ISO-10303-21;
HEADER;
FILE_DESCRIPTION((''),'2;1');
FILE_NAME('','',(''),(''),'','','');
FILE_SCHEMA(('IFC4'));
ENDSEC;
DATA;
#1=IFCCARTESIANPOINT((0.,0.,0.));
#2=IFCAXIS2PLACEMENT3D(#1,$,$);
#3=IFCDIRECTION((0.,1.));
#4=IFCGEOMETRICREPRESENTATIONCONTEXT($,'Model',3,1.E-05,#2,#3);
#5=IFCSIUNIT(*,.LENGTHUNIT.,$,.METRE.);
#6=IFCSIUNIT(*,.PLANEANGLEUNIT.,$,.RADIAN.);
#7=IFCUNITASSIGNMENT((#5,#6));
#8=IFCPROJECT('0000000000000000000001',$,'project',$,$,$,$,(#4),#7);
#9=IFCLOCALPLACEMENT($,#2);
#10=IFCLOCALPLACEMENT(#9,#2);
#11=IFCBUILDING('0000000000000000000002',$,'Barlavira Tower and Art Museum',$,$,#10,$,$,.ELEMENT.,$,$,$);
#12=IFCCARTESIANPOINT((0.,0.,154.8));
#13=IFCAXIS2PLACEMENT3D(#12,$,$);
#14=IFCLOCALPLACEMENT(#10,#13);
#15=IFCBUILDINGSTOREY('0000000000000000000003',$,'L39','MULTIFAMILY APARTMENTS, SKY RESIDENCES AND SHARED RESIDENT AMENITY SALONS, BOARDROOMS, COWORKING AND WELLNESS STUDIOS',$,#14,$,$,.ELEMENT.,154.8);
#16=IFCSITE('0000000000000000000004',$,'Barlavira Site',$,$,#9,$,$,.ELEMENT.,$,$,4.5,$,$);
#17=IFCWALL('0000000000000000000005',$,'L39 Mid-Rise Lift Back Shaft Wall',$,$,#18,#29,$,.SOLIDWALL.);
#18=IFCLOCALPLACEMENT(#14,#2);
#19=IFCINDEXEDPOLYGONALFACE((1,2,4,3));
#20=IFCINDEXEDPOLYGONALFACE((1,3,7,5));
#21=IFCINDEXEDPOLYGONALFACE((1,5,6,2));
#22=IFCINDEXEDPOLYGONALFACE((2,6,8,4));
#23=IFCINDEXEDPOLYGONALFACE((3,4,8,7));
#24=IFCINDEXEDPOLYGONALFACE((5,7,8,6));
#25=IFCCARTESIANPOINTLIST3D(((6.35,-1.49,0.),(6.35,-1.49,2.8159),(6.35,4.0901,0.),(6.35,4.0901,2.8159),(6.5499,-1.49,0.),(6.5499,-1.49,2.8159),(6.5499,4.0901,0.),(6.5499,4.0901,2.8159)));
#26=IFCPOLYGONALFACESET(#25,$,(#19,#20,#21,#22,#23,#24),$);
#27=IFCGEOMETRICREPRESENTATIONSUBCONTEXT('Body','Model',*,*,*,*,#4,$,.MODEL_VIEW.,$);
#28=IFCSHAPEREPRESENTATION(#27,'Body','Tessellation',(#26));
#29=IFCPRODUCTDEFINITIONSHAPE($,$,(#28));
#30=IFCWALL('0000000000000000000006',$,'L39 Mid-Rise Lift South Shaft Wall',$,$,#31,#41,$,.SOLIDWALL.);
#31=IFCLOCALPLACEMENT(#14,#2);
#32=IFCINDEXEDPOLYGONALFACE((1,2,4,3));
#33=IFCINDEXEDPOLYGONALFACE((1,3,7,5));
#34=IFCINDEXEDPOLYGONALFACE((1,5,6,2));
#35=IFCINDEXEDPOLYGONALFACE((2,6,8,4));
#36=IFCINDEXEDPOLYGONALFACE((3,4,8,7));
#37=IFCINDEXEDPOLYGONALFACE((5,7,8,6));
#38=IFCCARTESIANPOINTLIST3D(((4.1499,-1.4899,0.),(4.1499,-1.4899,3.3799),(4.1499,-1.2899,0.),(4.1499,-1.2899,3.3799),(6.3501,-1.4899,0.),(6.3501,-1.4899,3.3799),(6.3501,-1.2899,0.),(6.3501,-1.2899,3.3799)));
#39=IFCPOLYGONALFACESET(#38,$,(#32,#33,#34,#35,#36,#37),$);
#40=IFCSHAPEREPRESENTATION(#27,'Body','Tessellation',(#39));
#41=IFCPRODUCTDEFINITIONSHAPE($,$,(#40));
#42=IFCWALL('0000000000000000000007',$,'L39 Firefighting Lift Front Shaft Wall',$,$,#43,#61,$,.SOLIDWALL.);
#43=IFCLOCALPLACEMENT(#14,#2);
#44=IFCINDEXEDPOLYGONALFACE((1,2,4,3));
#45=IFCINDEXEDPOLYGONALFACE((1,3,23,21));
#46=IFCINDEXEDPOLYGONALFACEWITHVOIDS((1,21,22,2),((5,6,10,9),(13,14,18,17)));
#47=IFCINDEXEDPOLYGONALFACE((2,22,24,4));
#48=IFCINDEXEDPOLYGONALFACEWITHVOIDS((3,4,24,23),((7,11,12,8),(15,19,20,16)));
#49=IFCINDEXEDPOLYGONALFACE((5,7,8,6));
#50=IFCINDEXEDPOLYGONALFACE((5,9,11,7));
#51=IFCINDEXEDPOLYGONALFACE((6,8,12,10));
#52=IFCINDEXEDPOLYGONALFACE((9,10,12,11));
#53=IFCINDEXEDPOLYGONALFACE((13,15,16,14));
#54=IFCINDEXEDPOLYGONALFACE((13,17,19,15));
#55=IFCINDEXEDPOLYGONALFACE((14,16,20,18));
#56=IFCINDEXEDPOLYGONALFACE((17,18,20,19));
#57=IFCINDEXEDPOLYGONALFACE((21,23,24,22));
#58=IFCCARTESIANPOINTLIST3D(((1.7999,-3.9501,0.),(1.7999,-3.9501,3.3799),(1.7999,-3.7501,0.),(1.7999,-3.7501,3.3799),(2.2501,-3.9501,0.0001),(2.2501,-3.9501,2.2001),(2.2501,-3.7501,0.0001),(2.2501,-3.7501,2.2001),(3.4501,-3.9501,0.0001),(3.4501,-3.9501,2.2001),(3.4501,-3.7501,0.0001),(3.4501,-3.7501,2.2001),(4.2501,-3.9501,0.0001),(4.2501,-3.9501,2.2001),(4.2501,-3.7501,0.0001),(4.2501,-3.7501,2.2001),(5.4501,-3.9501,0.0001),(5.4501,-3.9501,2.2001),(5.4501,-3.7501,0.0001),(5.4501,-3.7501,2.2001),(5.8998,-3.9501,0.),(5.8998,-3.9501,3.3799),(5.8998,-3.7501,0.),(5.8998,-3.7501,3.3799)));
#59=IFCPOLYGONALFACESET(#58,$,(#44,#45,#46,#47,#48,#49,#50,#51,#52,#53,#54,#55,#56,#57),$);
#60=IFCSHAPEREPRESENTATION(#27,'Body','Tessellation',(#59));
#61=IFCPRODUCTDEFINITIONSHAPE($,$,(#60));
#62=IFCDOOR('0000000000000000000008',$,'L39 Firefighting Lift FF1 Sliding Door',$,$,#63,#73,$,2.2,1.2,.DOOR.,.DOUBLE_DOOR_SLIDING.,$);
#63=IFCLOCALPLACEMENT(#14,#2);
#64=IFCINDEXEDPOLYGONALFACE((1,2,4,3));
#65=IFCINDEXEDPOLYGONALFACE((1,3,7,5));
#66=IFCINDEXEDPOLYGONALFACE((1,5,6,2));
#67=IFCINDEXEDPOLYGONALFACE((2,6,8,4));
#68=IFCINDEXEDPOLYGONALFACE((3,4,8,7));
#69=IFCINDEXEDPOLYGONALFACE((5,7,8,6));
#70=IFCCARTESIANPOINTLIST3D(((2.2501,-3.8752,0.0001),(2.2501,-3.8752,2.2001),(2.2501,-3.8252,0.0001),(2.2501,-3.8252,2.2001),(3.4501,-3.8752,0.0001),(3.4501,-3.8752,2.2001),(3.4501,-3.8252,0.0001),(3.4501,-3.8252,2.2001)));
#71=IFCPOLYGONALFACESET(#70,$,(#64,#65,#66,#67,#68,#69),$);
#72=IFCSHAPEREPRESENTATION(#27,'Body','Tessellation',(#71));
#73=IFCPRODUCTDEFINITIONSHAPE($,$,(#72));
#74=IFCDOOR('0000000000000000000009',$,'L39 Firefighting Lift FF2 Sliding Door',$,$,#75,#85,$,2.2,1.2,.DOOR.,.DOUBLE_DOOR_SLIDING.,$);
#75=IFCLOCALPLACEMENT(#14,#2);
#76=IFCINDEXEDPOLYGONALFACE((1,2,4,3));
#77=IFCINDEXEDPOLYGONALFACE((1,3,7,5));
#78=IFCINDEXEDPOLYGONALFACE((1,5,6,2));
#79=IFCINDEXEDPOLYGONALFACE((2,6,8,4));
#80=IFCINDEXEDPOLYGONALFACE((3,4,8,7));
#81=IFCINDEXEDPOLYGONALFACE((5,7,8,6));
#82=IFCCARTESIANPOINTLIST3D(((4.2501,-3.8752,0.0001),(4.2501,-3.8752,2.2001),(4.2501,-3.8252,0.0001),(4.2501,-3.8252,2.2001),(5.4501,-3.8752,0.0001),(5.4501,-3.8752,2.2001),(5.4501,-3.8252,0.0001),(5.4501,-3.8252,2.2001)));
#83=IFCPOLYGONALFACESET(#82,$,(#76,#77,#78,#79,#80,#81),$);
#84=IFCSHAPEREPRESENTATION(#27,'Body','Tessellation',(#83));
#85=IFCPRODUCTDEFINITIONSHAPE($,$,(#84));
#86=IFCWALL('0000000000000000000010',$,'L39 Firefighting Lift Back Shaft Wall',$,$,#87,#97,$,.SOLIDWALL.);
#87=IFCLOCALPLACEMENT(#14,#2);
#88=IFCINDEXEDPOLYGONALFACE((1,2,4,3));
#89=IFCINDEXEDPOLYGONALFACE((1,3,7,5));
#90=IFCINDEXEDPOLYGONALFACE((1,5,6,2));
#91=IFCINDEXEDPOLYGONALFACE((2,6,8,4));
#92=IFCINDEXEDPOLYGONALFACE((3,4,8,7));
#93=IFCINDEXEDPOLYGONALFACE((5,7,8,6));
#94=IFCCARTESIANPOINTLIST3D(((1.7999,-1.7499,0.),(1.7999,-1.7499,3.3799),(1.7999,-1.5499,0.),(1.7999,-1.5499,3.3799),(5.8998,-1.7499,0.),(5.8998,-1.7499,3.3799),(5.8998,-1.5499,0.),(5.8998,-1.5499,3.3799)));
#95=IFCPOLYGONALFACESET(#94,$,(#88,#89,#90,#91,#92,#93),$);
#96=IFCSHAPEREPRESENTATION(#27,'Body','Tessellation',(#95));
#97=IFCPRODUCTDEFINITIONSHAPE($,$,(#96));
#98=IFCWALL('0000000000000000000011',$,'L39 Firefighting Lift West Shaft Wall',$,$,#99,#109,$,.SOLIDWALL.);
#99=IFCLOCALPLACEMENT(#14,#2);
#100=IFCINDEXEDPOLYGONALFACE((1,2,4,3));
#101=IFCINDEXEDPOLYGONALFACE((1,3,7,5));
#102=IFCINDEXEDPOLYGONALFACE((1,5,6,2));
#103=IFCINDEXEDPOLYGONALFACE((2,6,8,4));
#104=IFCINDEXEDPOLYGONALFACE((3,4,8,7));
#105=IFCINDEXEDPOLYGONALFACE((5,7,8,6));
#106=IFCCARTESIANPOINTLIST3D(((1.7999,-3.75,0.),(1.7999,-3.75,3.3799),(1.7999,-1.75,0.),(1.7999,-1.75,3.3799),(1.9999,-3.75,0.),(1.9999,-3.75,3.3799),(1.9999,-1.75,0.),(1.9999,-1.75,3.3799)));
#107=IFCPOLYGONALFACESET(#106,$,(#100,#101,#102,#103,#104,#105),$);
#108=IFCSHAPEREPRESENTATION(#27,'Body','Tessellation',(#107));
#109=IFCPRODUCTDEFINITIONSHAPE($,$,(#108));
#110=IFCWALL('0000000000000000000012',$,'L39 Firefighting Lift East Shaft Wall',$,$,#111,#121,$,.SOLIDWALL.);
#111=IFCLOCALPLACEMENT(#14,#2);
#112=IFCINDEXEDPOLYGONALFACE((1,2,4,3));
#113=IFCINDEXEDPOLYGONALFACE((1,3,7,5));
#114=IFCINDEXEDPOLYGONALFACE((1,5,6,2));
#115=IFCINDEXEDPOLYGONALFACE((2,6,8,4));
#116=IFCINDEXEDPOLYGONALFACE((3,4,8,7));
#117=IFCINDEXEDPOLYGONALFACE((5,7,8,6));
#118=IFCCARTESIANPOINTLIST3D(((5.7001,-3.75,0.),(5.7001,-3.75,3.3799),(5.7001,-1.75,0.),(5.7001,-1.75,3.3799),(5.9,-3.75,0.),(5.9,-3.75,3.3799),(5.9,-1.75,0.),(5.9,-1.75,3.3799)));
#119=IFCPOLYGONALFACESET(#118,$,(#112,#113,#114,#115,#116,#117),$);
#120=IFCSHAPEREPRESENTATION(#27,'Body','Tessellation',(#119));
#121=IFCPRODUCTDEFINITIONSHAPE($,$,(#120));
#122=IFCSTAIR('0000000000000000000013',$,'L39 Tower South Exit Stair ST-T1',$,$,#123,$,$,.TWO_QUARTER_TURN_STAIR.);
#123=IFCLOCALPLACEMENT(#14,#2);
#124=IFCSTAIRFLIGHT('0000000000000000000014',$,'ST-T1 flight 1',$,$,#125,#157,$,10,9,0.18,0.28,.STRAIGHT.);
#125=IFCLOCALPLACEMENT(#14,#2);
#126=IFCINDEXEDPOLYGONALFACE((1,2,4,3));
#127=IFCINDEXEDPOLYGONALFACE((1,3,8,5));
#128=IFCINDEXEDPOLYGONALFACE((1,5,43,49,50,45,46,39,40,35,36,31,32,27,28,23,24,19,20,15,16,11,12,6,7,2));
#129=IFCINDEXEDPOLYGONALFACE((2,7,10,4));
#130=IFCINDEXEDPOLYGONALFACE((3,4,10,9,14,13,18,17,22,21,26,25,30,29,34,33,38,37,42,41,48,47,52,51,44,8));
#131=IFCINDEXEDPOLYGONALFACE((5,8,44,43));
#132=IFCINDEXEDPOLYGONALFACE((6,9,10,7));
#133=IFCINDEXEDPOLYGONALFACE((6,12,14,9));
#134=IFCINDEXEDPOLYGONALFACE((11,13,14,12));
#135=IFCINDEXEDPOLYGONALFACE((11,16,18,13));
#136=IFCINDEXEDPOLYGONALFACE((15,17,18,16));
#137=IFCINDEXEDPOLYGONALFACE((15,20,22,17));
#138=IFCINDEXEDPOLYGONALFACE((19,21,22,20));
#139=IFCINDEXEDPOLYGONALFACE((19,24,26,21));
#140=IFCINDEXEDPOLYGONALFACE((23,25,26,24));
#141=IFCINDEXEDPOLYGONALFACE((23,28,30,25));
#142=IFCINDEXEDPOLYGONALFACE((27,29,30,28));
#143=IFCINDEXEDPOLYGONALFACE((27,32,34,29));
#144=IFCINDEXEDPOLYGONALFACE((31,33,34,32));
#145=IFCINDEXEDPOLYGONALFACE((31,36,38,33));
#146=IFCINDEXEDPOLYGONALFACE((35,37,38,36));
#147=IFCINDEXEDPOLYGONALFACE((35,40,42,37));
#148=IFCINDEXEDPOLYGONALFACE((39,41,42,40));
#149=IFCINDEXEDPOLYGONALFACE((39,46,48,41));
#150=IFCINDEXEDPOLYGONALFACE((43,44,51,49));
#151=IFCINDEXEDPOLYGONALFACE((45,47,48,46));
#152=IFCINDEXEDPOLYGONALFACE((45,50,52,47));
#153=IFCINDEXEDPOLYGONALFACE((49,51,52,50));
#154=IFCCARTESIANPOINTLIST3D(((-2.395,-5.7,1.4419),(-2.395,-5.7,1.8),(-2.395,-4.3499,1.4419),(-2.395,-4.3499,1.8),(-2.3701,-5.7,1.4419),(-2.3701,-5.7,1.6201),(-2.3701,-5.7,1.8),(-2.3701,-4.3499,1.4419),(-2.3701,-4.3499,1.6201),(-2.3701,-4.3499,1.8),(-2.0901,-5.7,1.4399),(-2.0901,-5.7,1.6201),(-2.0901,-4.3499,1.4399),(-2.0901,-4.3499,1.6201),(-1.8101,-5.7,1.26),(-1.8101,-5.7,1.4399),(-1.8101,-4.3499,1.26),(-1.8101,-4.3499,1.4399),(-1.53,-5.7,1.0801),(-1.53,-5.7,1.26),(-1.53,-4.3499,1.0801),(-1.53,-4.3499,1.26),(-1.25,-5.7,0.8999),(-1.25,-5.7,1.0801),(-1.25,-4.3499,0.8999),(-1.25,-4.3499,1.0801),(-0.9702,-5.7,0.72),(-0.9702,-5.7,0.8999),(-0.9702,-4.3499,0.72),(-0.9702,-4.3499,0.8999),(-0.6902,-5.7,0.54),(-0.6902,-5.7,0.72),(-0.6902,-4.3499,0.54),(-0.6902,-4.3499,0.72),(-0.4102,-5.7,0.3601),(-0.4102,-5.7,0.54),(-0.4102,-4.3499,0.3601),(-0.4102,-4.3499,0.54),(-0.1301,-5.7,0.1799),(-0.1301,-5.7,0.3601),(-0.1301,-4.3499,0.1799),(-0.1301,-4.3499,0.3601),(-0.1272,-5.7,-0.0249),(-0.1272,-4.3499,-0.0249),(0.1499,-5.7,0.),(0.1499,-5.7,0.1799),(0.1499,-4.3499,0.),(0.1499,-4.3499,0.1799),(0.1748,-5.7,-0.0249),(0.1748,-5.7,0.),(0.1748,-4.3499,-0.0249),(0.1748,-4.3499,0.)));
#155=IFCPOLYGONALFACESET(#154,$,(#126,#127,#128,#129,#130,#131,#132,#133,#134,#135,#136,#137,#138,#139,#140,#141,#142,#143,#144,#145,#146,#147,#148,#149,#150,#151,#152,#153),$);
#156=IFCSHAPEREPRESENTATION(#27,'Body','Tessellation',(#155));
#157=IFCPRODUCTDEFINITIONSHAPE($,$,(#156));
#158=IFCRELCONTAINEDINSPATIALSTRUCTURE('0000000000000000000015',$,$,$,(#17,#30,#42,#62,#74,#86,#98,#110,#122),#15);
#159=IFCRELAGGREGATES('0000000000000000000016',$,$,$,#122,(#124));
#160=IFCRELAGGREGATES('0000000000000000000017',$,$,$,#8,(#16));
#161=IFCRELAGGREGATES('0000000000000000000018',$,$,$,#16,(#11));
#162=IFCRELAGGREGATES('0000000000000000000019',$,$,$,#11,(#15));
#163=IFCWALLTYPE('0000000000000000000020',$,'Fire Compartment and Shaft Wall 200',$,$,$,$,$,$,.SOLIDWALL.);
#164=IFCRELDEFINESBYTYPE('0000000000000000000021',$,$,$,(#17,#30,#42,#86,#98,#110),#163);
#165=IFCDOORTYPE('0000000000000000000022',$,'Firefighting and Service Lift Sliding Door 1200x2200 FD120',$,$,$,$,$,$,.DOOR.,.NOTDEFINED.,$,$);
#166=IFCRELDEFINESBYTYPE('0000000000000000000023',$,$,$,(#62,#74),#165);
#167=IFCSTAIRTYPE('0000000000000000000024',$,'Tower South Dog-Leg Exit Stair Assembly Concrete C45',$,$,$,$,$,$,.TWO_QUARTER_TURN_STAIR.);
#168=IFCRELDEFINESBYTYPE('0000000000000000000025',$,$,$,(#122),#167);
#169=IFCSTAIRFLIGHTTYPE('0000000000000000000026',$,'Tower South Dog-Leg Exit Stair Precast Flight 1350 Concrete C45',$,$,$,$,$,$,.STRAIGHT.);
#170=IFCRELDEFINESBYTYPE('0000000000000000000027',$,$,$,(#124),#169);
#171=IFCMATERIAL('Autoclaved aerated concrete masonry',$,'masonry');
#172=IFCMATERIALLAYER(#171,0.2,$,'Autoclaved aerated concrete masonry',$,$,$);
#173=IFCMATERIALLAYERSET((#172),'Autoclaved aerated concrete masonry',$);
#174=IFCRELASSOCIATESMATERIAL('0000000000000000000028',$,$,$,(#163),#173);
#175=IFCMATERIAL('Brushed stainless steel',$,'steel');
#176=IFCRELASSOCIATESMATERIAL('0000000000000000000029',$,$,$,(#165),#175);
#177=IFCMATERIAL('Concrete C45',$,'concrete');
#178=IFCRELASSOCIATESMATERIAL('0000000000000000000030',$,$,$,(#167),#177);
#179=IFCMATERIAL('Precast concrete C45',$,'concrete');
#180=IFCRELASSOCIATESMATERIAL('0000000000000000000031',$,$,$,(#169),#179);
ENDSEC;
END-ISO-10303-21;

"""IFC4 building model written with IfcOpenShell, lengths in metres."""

from ifc_helpers import new_model, si_unit, direction, frame, frame_2d, origin, place, context, subcontext, project, spatial, polyline, rectangle, outline, extrude, material, layer, layer_set, type_object, element, fill, aggregate, save


model = new_model("IFC4")

# Units and contexts
model_context = context("Model", 3, precision=1e-05, world=origin(), true_north=direction((0.0, 1.0)))
body_context = subcontext(model_context, "Body", "Model", "MODEL_VIEW")
ifc_project = project(units=[si_unit("LENGTHUNIT", "METRE"), si_unit("PLANEANGLEUNIT", "RADIAN")], contexts=[model_context])

# Site, building, storey
site_placement = place(None, origin())
site = spatial("IfcSite", under=ifc_project, at=site_placement, Name="Barlavira Site", CompositionType="ELEMENT", RefElevation=4.5)
building_placement = place(site_placement, origin())
building = spatial("IfcBuilding", under=site, at=building_placement, Name="Barlavira Tower and Art Museum", CompositionType="ELEMENT")
storey_placement = place(building_placement, frame((0.0, 0.0, 154.8)))
storey = spatial("IfcBuildingStorey", under=building, at=storey_placement, Name="L39", Description="MULTIFAMILY APARTMENTS, SKY RESIDENCES AND SHARED RESIDENT AMENITY SALONS, BOARDROOMS, COWORKING AND WELLNESS STUDIOS", CompositionType="ELEMENT", Elevation=154.8)

# Shared definitions
ifc_material_1 = material(Name="Brushed stainless steel", Category="steel")

# Shared definitions
ifc_material_2 = material(Name="Autoclaved aerated concrete masonry", Category="masonry")
ifc_layer_1 = layer(ifc_material_2, 0.2, Name="Autoclaved aerated concrete masonry")
ifc_layer_set_1 = layer_set([ifc_layer_1], Name="Autoclaved aerated concrete masonry")
wall_type_1 = type_object("IfcWallType", Name="Fire Compartment and Shaft Wall 200", PredefinedType="SOLIDWALL", material=ifc_layer_set_1)

# Walls
wall_1_placement = place(storey_placement, frame((6.45, -1.49, 0.0), z_axis=(0.0, 0.0, 1.0), x_axis=(0.0, 1.0, 0.0)))
element("IfcWall", 1, at=wall_1_placement, inside=storey, type_object=wall_type_1, Name="L39 Mid-Rise Lift Back Shaft Wall", PredefinedType="SOLIDWALL", context=body_context, shape_type="SweptSolid", body=[
    extrude(rectangle(XDim=5.5801, YDim=0.2, at=frame_2d((2.79, 0.0))), origin(), (0.0, 0.0, 1.0), 2.8159),
])
wall_2_placement = place(storey_placement, frame((4.1499, -1.3899, 0.0), z_axis=(0.0, 0.0, 1.0), x_axis=(1.0, 0.0, 0.0)))
element("IfcWall", 2, at=wall_2_placement, inside=storey, type_object=wall_type_1, Name="L39 Mid-Rise Lift South Shaft Wall", PredefinedType="SOLIDWALL", context=body_context, shape_type="SweptSolid", body=[
    extrude(rectangle(XDim=2.2002, YDim=0.2, at=frame_2d((1.1001, 0.0))), origin(), (0.0, 0.0, 1.0), 3.3799),
])

# Wall, openings, doors
wall_3_placement = place(storey_placement, frame((1.8, -3.8501, 0.0), z_axis=(0.0, 0.0, 1.0), x_axis=(1.0, 0.0, 0.0)))
wall_3 = element("IfcWall", 3, at=wall_3_placement, inside=storey, type_object=wall_type_1, Name="L39 Firefighting Lift Front Shaft Wall", PredefinedType="SOLIDWALL", context=body_context, shape_type="SweptSolid", body=[
    extrude(rectangle(XDim=4.0999, YDim=0.2, at=frame_2d((2.0498, 0.0))), origin(), (0.0, 0.0, 1.0), 3.3799),
])
opening_1_placement = place(wall_3_placement, frame((0.45, 0.0, 0.0)))
opening_1 = element("IfcOpeningElement", 4, at=opening_1_placement, cuts=wall_3, PredefinedType="OPENING", context=body_context, shape_type="SweptSolid", body=[
    extrude(rectangle(XDim=1.2, YDim=2.2, at=frame_2d((0.6001, 1.1001))), frame((0.0, 0.1099, 0.0), z_axis=(0.0, -1.0, 0.0), x_axis=(1.0, 0.0, 0.0)), (0.0, 0.0, 1.0), 0.22),
])
opening_2_placement = place(wall_3_placement, frame((2.45, 0.0, 0.0)))
opening_2 = element("IfcOpeningElement", 5, at=opening_2_placement, cuts=wall_3, PredefinedType="OPENING", context=body_context, shape_type="SweptSolid", body=[
    extrude(rectangle(XDim=1.2, YDim=2.2, at=frame_2d((0.6001, 1.1001))), frame((0.0, 0.1099, 0.0), z_axis=(0.0, -1.0, 0.0), x_axis=(1.0, 0.0, 0.0)), (0.0, 0.0, 1.0), 0.22),
])
door_type_1 = type_object("IfcDoorType", Name="Firefighting and Service Lift Sliding Door 1200x2200 FD120", OperationType="NOTDEFINED", PredefinedType="DOOR", material=ifc_material_1)
door_1_placement = place(opening_1_placement, origin())
door_1 = element("IfcDoor", 6, at=door_1_placement, inside=storey, type_object=door_type_1, Name="L39 Firefighting Lift FF1 Sliding Door", OperationType="DOUBLE_DOOR_SLIDING", OverallHeight=2.2, OverallWidth=1.2, PredefinedType="DOOR", context=body_context, shape_type="SweptSolid", body=[
    extrude(rectangle(XDim=1.2, YDim=2.2, at=frame_2d((0.6001, 1.1001))), frame((0.0, 0.0249, 0.0), z_axis=(0.0, -1.0, 0.0), x_axis=(1.0, 0.0, 0.0)), (0.0, 0.0, 1.0), 0.05),
])
fill(opening_1, door_1)
door_2_placement = place(opening_2_placement, origin())
door_2 = element("IfcDoor", 7, at=door_2_placement, inside=storey, type_object=door_type_1, Name="L39 Firefighting Lift FF2 Sliding Door", OperationType="DOUBLE_DOOR_SLIDING", OverallHeight=2.2, OverallWidth=1.2, PredefinedType="DOOR", context=body_context, shape_type="SweptSolid", body=[
    extrude(rectangle(XDim=1.2, YDim=2.2, at=frame_2d((0.6001, 1.1001))), frame((0.0, 0.0249, 0.0), z_axis=(0.0, -1.0, 0.0), x_axis=(1.0, 0.0, 0.0)), (0.0, 0.0, 1.0), 0.05),
])
fill(opening_2, door_2)

# Walls
wall_4_placement = place(storey_placement, frame((1.8, -1.6499, 0.0), z_axis=(0.0, 0.0, 1.0), x_axis=(1.0, 0.0, 0.0)))
element("IfcWall", 8, at=wall_4_placement, inside=storey, type_object=wall_type_1, Name="L39 Firefighting Lift Back Shaft Wall", PredefinedType="SOLIDWALL", context=body_context, shape_type="SweptSolid", body=[
    extrude(rectangle(XDim=4.0999, YDim=0.2, at=frame_2d((2.0498, 0.0))), origin(), (0.0, 0.0, 1.0), 3.3799),
])
for number, where, z_axis, x_axis, name in (
    (9, (1.8999, -3.75, 0.0), (0.0, 0.0, 1.0), (0.0, 1.0, 0.0), "L39 Firefighting Lift West Shaft Wall"),
    (10, (5.8, -3.75, 0.0), (0.0, 0.0, 1.0), (0.0, 1.0, 0.0), "L39 Firefighting Lift East Shaft Wall"),
):
    element("IfcWall", number, at=place(storey_placement, frame(where, z_axis=z_axis, x_axis=x_axis)), inside=storey, type_object=wall_type_1, Name=name, PredefinedType="SOLIDWALL", context=body_context, shape_type="SweptSolid", body=[
        extrude(rectangle(XDim=2.0, YDim=0.2, at=frame_2d((1.0, 0.0))), origin(), (0.0, 0.0, 1.0), 3.3799),
    ])

# Stair, stair flight
ifc_material_3 = material(Name="Concrete C45", Category="concrete")
stair_type = type_object("IfcStairType", Name="Tower South Dog-Leg Exit Stair Assembly Concrete C45", PredefinedType="TWO_QUARTER_TURN_STAIR", material=ifc_material_3)
stair_placement = place(storey_placement, origin())
stair = element("IfcStair", 11, at=stair_placement, inside=storey, type_object=stair_type, Name="L39 Tower South Exit Stair ST-T1", PredefinedType="TWO_QUARTER_TURN_STAIR")
ifc_material_4 = material(Name="Precast concrete C45", Category="concrete")
stair_flight_type = type_object("IfcStairFlightType", Name="Tower South Dog-Leg Exit Stair Precast Flight 1350 Concrete C45", PredefinedType="STRAIGHT", material=ifc_material_4)
stair_flight_placement = place(storey_placement, frame((0.1499, -5.0249, 0.0), z_axis=(0.0, 0.0, 1.0), x_axis=(-1.0, 0.0, 0.0)))
stair_flight = element("IfcStairFlight", 12, at=stair_flight_placement, type_object=stair_flight_type, Name="ST-T1 flight 1", NumberOfRisers=10, NumberOfTreads=9, PredefinedType="STRAIGHT", RiserHeight=0.18, TreadLength=0.28, context=body_context, shape_type="SweptSolid", body=[
    extrude(outline(polyline([(-0.0249, 0.0), (0.0, 0.0), (0.0, 0.1799), (0.28, 0.1799), (0.28, 0.3601), (0.5601, 0.3601), (0.5601, 0.54), (0.8401, 0.54), (0.8401, 0.72), (1.1201, 0.72), (1.1201, 0.8999), (1.3999, 0.8999), (1.3999, 1.0801), (1.6799, 1.0801), (1.6799, 1.26), (1.96, 1.26), (1.96, 1.4399), (2.24, 1.4399), (2.24, 1.6201), (2.52, 1.6201), (2.52, 1.8), (2.5449, 1.8), (2.5449, 1.4419), (2.52, 1.4419), (0.2771, -0.0249), (-0.0249, -0.0249), (-0.0249, 0.0)])), frame((0.0, 0.675, 0.0), z_axis=(0.0, -1.0, 0.0), x_axis=(1.0, 0.0, 0.0)), (0.0, 0.0, 1.0), 1.3501),
])
aggregate(stair, [stair_flight])

save(model, "model.ifc")
